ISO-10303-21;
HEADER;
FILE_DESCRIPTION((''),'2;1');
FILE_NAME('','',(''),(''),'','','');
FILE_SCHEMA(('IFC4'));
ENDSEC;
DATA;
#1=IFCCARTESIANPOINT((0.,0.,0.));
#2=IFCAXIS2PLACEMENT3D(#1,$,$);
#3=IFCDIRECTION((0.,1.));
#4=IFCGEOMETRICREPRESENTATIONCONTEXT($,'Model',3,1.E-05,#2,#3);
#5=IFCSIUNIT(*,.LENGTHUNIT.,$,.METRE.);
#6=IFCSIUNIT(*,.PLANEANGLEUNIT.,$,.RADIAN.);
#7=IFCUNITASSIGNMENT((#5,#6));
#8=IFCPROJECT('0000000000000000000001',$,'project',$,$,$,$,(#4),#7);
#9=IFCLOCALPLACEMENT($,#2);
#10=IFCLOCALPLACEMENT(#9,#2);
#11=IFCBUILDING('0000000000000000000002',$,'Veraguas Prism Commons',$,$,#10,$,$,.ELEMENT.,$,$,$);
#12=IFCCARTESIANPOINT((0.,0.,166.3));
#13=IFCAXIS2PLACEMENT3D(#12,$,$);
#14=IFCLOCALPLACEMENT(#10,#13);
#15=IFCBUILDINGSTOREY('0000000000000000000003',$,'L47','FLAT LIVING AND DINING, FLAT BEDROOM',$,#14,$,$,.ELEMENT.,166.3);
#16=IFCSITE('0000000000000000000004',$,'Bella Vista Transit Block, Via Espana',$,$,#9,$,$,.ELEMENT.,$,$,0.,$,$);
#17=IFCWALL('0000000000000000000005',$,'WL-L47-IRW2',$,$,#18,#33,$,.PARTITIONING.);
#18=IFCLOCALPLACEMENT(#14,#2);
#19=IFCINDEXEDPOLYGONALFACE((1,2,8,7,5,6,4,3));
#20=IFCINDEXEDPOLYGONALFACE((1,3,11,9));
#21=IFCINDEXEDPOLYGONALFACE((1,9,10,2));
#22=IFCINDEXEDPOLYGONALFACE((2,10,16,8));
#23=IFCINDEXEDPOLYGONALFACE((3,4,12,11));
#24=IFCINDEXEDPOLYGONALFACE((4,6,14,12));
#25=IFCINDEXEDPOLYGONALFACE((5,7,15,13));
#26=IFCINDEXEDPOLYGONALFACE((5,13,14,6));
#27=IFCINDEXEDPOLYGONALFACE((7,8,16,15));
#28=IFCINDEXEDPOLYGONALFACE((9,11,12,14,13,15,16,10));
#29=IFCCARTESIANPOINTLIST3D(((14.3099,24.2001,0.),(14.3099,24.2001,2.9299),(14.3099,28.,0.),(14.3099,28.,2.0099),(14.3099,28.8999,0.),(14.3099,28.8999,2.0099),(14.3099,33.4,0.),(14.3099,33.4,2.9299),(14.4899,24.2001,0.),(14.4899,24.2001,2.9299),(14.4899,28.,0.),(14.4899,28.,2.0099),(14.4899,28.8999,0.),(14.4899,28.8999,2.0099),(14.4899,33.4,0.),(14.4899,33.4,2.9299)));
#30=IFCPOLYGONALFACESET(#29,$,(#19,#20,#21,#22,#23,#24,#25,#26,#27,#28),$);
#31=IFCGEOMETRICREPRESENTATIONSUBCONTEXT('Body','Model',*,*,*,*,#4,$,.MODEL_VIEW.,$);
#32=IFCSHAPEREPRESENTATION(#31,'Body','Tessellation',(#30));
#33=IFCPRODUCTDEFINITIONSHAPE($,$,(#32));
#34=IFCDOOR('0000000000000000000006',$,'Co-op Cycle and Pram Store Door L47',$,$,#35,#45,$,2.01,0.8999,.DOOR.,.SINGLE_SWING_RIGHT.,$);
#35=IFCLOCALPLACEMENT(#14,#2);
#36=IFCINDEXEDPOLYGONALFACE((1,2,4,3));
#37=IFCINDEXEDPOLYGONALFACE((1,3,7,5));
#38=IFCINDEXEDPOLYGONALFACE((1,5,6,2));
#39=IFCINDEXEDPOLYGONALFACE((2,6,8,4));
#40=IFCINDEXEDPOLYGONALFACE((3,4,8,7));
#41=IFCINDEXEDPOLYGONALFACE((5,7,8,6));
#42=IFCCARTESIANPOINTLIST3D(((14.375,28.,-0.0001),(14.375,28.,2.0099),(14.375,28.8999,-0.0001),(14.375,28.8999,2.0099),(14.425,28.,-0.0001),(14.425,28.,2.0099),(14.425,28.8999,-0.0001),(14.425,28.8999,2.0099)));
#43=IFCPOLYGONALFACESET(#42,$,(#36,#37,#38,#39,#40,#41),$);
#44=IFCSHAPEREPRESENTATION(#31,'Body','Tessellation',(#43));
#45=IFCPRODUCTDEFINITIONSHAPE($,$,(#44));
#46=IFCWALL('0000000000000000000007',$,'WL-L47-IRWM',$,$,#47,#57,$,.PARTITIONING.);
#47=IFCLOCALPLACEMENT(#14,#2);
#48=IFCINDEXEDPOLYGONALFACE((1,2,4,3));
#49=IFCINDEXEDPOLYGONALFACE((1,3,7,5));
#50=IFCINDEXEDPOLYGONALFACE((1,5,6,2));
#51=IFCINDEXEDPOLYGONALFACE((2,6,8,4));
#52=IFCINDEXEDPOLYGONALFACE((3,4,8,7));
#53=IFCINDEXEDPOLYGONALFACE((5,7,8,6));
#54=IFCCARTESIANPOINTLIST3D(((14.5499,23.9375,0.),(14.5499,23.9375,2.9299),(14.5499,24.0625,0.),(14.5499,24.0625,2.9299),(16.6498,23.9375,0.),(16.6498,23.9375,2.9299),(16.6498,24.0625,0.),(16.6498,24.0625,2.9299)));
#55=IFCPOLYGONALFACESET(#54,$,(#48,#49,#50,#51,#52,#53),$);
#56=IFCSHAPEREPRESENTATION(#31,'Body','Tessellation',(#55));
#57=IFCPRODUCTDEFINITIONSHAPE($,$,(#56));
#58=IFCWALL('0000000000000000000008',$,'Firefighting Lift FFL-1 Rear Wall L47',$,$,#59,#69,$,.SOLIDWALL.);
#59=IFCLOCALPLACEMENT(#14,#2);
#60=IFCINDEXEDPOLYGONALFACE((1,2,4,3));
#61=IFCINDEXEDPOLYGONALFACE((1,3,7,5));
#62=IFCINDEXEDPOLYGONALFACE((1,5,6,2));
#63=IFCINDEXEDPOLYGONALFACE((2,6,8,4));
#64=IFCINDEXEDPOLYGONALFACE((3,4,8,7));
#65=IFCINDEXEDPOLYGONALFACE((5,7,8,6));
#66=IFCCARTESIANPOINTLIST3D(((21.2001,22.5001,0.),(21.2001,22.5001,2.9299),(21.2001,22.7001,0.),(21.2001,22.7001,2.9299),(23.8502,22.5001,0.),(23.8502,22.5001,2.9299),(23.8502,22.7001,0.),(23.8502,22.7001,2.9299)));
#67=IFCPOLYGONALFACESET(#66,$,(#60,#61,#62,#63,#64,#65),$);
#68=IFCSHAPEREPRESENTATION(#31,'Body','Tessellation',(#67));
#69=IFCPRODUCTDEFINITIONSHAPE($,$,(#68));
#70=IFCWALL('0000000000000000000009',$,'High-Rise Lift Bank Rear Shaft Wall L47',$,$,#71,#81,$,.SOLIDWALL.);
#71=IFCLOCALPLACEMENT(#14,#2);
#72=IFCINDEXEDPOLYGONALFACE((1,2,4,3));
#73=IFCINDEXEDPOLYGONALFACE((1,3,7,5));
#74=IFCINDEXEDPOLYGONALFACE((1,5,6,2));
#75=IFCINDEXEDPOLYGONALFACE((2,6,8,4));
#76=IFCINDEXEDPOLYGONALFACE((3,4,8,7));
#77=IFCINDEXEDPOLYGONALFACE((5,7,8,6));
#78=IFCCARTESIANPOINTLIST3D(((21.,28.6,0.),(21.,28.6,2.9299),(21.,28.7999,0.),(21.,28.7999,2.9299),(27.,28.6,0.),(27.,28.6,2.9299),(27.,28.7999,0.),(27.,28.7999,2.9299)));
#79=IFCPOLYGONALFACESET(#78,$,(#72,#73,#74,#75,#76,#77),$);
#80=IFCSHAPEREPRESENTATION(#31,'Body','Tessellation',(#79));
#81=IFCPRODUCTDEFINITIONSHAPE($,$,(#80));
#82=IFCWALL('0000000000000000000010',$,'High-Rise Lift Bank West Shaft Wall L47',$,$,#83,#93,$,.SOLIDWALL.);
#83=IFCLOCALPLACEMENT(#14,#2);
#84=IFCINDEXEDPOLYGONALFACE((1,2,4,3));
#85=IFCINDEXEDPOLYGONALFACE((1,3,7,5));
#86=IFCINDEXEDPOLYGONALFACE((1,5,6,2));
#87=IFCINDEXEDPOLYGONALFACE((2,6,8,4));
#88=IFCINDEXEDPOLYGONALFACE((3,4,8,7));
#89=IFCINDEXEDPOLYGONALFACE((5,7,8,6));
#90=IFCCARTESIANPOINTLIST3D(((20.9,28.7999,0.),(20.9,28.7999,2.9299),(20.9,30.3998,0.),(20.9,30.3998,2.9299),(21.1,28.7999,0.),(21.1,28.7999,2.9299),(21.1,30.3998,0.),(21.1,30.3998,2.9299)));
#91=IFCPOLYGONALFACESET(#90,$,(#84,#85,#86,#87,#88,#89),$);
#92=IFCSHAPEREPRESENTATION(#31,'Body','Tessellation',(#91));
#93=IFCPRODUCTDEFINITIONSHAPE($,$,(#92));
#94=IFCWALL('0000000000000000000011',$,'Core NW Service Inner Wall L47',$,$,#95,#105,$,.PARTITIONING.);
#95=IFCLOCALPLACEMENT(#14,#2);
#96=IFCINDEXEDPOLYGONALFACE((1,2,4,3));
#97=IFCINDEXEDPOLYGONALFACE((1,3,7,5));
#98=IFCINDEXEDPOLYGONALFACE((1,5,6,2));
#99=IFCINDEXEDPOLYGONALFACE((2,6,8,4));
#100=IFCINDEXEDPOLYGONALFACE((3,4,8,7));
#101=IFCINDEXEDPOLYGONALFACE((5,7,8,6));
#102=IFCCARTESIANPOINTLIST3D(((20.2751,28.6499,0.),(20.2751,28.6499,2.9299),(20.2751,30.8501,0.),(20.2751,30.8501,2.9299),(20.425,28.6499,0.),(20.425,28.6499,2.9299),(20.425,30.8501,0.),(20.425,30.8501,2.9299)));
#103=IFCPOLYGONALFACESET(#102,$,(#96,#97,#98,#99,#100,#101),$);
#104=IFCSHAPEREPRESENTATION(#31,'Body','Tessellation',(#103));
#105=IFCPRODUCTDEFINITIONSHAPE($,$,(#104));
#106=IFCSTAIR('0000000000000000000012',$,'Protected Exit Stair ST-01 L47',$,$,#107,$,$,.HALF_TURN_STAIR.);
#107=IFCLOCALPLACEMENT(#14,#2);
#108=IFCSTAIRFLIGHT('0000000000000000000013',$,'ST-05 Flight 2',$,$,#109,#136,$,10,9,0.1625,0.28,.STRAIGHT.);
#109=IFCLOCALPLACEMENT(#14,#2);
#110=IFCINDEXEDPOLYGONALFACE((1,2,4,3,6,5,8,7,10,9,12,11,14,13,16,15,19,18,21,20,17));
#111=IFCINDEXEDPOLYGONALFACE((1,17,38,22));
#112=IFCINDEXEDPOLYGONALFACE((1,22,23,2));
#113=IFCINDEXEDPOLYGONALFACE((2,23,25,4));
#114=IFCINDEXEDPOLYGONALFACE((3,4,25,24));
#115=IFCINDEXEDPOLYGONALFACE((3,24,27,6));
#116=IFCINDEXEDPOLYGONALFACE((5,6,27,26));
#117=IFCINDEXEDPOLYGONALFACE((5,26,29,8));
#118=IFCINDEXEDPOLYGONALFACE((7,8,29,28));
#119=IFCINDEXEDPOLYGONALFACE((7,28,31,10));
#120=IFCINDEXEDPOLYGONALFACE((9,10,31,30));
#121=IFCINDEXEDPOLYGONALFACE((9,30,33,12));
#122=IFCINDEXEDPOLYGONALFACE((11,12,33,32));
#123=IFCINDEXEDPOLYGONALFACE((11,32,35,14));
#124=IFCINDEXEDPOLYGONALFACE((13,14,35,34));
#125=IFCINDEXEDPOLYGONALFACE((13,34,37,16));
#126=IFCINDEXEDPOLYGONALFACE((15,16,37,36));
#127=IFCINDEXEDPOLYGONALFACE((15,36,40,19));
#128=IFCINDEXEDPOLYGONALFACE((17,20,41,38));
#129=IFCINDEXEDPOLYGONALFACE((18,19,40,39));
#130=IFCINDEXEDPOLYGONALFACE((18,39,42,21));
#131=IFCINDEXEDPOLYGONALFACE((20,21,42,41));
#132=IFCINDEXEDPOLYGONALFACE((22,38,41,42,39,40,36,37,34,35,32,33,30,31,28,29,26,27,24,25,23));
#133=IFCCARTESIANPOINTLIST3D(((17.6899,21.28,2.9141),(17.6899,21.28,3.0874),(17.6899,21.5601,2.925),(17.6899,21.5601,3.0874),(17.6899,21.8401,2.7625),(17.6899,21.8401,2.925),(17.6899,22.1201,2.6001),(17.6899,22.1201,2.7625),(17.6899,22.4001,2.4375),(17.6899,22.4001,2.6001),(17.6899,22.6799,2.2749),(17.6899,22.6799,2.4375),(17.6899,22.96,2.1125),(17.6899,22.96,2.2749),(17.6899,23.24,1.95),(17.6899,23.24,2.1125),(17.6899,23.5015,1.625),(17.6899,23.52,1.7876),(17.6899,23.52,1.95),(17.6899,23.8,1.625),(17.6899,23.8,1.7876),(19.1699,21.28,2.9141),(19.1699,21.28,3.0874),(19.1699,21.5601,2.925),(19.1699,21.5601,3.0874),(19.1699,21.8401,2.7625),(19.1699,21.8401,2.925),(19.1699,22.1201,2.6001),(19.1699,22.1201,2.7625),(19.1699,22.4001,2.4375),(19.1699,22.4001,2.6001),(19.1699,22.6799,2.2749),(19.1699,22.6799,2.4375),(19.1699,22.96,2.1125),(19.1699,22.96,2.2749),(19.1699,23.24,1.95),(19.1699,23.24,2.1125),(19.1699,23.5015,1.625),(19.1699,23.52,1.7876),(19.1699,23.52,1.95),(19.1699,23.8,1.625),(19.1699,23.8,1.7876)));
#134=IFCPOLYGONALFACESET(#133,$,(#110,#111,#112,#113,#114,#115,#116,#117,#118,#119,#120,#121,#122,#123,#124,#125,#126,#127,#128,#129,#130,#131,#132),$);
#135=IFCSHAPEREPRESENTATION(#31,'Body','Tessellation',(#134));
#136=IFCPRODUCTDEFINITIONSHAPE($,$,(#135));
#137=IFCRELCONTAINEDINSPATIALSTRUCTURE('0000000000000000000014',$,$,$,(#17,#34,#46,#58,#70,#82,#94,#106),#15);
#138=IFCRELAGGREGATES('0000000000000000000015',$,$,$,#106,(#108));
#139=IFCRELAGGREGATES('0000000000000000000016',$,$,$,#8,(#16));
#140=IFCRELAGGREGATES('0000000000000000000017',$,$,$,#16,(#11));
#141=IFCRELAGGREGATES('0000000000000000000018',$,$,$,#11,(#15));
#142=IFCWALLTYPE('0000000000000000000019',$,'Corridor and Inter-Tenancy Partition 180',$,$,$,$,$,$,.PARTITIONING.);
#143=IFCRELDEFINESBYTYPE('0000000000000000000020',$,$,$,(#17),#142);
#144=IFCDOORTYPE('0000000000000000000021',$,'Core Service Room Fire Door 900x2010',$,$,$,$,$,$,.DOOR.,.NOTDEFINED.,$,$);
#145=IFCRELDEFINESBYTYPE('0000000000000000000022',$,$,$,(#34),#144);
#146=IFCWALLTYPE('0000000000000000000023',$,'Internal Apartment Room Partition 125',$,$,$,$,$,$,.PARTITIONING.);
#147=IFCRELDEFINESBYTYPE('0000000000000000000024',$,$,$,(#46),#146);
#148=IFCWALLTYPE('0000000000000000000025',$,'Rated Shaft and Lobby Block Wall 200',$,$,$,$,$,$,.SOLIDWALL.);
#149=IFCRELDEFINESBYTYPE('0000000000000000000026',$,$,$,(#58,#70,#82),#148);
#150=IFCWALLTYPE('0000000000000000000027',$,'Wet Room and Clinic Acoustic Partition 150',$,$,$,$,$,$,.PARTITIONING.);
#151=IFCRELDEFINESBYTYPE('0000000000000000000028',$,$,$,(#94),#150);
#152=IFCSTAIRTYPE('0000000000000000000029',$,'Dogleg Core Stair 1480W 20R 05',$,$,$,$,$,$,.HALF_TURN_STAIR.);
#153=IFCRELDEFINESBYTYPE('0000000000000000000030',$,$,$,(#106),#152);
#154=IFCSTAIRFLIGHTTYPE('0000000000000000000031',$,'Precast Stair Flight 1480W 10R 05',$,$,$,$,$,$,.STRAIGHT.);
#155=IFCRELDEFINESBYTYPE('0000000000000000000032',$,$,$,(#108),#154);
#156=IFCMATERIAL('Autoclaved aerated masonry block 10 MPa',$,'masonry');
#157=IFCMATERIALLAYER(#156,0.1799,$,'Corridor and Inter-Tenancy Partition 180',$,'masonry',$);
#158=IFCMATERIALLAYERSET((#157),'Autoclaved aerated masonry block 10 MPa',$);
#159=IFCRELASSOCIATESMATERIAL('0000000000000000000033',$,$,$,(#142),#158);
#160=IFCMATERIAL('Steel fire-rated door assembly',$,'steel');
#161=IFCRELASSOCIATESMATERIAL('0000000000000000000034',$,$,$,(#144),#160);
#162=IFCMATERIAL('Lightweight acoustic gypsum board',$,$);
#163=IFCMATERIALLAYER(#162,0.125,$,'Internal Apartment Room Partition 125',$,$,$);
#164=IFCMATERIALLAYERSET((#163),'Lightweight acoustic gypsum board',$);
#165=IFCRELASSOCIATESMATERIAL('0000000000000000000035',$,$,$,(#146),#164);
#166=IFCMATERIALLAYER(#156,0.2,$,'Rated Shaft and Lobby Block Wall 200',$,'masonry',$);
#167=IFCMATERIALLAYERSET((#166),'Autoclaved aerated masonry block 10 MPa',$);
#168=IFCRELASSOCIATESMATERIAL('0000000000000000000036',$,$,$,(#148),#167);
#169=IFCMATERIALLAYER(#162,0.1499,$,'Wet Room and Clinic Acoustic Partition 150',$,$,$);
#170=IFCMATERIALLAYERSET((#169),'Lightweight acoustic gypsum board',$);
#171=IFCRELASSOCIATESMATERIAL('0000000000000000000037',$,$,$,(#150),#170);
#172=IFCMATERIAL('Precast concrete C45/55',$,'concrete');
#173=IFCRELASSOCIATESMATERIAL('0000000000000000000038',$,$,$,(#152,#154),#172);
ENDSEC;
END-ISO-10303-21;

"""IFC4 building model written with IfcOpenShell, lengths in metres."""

from ifc_helpers import new_model, si_unit, direction, frame, frame_2d, origin, place, context, subcontext, project, spatial, polyline, rectangle, outline, extrude, source, transform, mapped, material, layer, layer_set, type_object, element, fill, aggregate, save


model = new_model("IFC4")

# Units and contexts
model_context = context("Model", 3, precision=1e-05, world=origin(), true_north=direction((0.0, 1.0)))
body_context = subcontext(model_context, "Body", "Model", "MODEL_VIEW")
ifc_project = project(units=[si_unit("LENGTHUNIT", "METRE"), si_unit("PLANEANGLEUNIT", "RADIAN")], contexts=[model_context])

# Site, building, storey
site_placement = place(None, origin())
site = spatial("IfcSite", under=ifc_project, at=site_placement, Name="Bella Vista Transit Block, Via Espana", CompositionType="ELEMENT", RefElevation=0.0)
building_placement = place(site_placement, origin())
building = spatial("IfcBuilding", under=site, at=building_placement, Name="Veraguas Prism Commons", CompositionType="ELEMENT")
storey_placement = place(building_placement, frame((0.0, 0.0, 166.3)))
storey = spatial("IfcBuildingStorey", under=building, at=storey_placement, Name="L47", Description="FLAT LIVING AND DINING, FLAT BEDROOM", CompositionType="ELEMENT", Elevation=166.3)

# Wall, opening, door
ifc_material_1 = material(Name="Steel fire-rated door assembly", Category="steel")
ifc_material_2 = material(Name="Autoclaved aerated masonry block 10 MPa", Category="masonry")
ifc_layer_1 = layer(ifc_material_2, 0.1799, Name="Corridor and Inter-Tenancy Partition 180", Category="masonry")
ifc_layer_set_1 = layer_set([ifc_layer_1], Name="Autoclaved aerated masonry block 10 MPa")
wall_type_1 = type_object("IfcWallType", Name="Corridor and Inter-Tenancy Partition 180", PredefinedType="PARTITIONING", material=ifc_layer_set_1)
wall_1_placement = place(storey_placement, frame((14.3999, 24.2, 0.0), z_axis=(0.0, 0.0, 1.0), x_axis=(0.0, 1.0, 0.0)))
wall_1 = element("IfcWall", 1, at=wall_1_placement, inside=storey, type_object=wall_type_1, Name="WL-L47-IRW2", PredefinedType="PARTITIONING", context=body_context, shape_type="SweptSolid", body=[
    extrude(rectangle(XDim=9.2, YDim=0.1799, at=frame_2d((4.6001, 0.0))), origin(), (0.0, 0.0, 1.0), 2.9299),
])
opening_1_placement = place(wall_1_placement, frame((3.8, 0.0, 0.0)))
opening_1 = element("IfcOpeningElement", 2, at=opening_1_placement, cuts=wall_1, PredefinedType="OPENING", context=body_context, shape_type="SweptSolid", body=[
    extrude(rectangle(XDim=0.8999, YDim=2.01, at=frame_2d((0.45, 1.0049))), frame((0.0, 0.0999, 0.0), z_axis=(0.0, -1.0, 0.0), x_axis=(1.0, 0.0, 0.0)), (0.0, 0.0, 1.0), 0.2),
])
door_type_1 = type_object("IfcDoorType", Name="Core Service Room Fire Door 900x2010", OperationType="NOTDEFINED", PredefinedType="DOOR", material=ifc_material_1)
shared_shape_1 = source(origin(), body_context, "Body", "SweptSolid", [
    extrude(rectangle(XDim=0.8999, YDim=2.01, at=frame_2d((0.45, 1.0049))), frame((0.0, 0.0249, 0.0), z_axis=(0.0, -1.0, 0.0), x_axis=(1.0, 0.0, 0.0)), (0.0, 0.0, 1.0), 0.05),
])
door_1_placement = place(opening_1_placement, origin())
door_1 = element("IfcDoor", 3, at=door_1_placement, inside=storey, type_object=door_type_1, Name="Co-op Cycle and Pram Store Door L47", OperationType="SINGLE_SWING_RIGHT", OverallHeight=2.01, OverallWidth=0.8999, PredefinedType="DOOR", context=body_context, shape_type="MappedRepresentation", body=[
    mapped(shared_shape_1, transform((0.0, 0.0, 0.0), scale=1.0)),
])
fill(opening_1, door_1)

# Walls
ifc_material_3 = material(Name="Lightweight acoustic gypsum board")
ifc_layer_2 = layer(ifc_material_3, 0.125, Name="Internal Apartment Room Partition 125")
ifc_layer_set_2 = layer_set([ifc_layer_2], Name="Lightweight acoustic gypsum board")
wall_type_2 = type_object("IfcWallType", Name="Internal Apartment Room Partition 125", PredefinedType="PARTITIONING", material=ifc_layer_set_2)
wall_2_placement = place(storey_placement, frame((14.55, 24.0, 0.0), z_axis=(0.0, 0.0, 1.0), x_axis=(1.0, 0.0, 0.0)))
element("IfcWall", 4, at=wall_2_placement, inside=storey, type_object=wall_type_2, Name="WL-L47-IRWM", PredefinedType="PARTITIONING", context=body_context, shape_type="SweptSolid", body=[
    extrude(rectangle(XDim=2.0999, YDim=0.125, at=frame_2d((1.0498, 0.0))), origin(), (0.0, 0.0, 1.0), 2.9299),
])
ifc_layer_3 = layer(ifc_material_2, 0.2, Name="Rated Shaft and Lobby Block Wall 200", Category="masonry")
ifc_layer_set_3 = layer_set([ifc_layer_3], Name="Autoclaved aerated masonry block 10 MPa")
wall_type_3 = type_object("IfcWallType", Name="Rated Shaft and Lobby Block Wall 200", PredefinedType="SOLIDWALL", material=ifc_layer_set_3)
wall_3_placement = place(storey_placement, frame((21.2, 22.6001, 0.0), z_axis=(0.0, 0.0, 1.0), x_axis=(1.0, 0.0, 0.0)))
element("IfcWall", 5, at=wall_3_placement, inside=storey, type_object=wall_type_3, Name="Firefighting Lift FFL-1 Rear Wall L47", PredefinedType="SOLIDWALL", context=body_context, shape_type="SweptSolid", body=[
    extrude(rectangle(XDim=2.6501, YDim=0.2, at=frame_2d((1.3252, 0.0))), origin(), (0.0, 0.0, 1.0), 2.9299),
])
wall_4_placement = place(storey_placement, frame((21.0, 28.7, 0.0), z_axis=(0.0, 0.0, 1.0), x_axis=(1.0, 0.0, 0.0)))
element("IfcWall", 6, at=wall_4_placement, inside=storey, type_object=wall_type_3, Name="High-Rise Lift Bank Rear Shaft Wall L47", PredefinedType="SOLIDWALL", context=body_context, shape_type="SweptSolid", body=[
    extrude(rectangle(XDim=6.0, YDim=0.2, at=frame_2d((3.0, 0.0))), origin(), (0.0, 0.0, 1.0), 2.9299),
])
wall_5_placement = place(storey_placement, frame((21.0, 28.8, 0.0), z_axis=(0.0, 0.0, 1.0), x_axis=(0.0, 1.0, 0.0)))
element("IfcWall", 7, at=wall_5_placement, inside=storey, type_object=wall_type_3, Name="High-Rise Lift Bank West Shaft Wall L47", PredefinedType="SOLIDWALL", context=body_context, shape_type="SweptSolid", body=[
    extrude(rectangle(XDim=1.5999, YDim=0.2, at=frame_2d((0.7998, 0.0))), origin(), (0.0, 0.0, 1.0), 2.9299),
])
ifc_layer_4 = layer(ifc_material_3, 0.1499, Name="Wet Room and Clinic Acoustic Partition 150")
ifc_layer_set_4 = layer_set([ifc_layer_4], Name="Lightweight acoustic gypsum board")
wall_type_4 = type_object("IfcWallType", Name="Wet Room and Clinic Acoustic Partition 150", PredefinedType="PARTITIONING", material=ifc_layer_set_4)
wall_6_placement = place(storey_placement, frame((20.3501, 28.6499, 0.0), z_axis=(0.0, 0.0, 1.0), x_axis=(0.0, 1.0, 0.0)))
element("IfcWall", 8, at=wall_6_placement, inside=storey, type_object=wall_type_4, Name="Core NW Service Inner Wall L47", PredefinedType="PARTITIONING", context=body_context, shape_type="SweptSolid", body=[
    extrude(rectangle(XDim=2.2002, YDim=0.1499, at=frame_2d((1.1001, 0.0))), origin(), (0.0, 0.0, 1.0), 2.9299),
])

# Stair, stair flight
ifc_material_4 = material(Name="Precast concrete C45/55", Category="concrete")
stair_type = type_object("IfcStairType", Name="Dogleg Core Stair 1480W 20R 05", PredefinedType="HALF_TURN_STAIR", material=ifc_material_4)
stair_placement = place(storey_placement, origin())
stair = element("IfcStair", 9, at=stair_placement, inside=storey, type_object=stair_type, Name="Protected Exit Stair ST-01 L47", PredefinedType="HALF_TURN_STAIR")
stair_flight_type = type_object("IfcStairFlightType", Name="Precast Stair Flight 1480W 10R 05", PredefinedType="STRAIGHT", material=ifc_material_4)
stair_flight_placement = place(storey_placement, frame((18.4299, 23.8, 1.625), z_axis=(0.0, 0.0, 1.0), x_axis=(0.0, -1.0, 0.0)))
stair_flight = element("IfcStairFlight", 10, at=stair_flight_placement, type_object=stair_flight_type, Name="ST-05 Flight 2", NumberOfRisers=10, NumberOfTreads=9, PredefinedType="STRAIGHT", RiserHeight=0.1625, TreadLength=0.28, context=body_context, shape_type="SweptSolid", body=[
    extrude(outline(polyline([(0.0, 0.0), (0.0, 0.1626), (0.28, 0.1626), (0.28, 0.325), (0.5601, 0.325), (0.5601, 0.4875), (0.8401, 0.4875), (0.8401, 0.6499), (1.1201, 0.6499), (1.1201, 0.8125), (1.3999, 0.8125), (1.3999, 0.9751), (1.6799, 0.9751), (1.6799, 1.1375), (1.96, 1.1375), (1.96, 1.3), (2.24, 1.3), (2.24, 1.4624), (2.52, 1.4624), (2.52, 1.625), (2.52, 1.2891), (0.2986, 0.0), (0.0, 0.0)])), frame((0.0, 0.74, 0.0), z_axis=(0.0, -1.0, 0.0), x_axis=(1.0, 0.0, 0.0)), (0.0, 0.0, 1.0), 1.48),
])
aggregate(stair, [stair_flight])

save(model, "model.ifc")
